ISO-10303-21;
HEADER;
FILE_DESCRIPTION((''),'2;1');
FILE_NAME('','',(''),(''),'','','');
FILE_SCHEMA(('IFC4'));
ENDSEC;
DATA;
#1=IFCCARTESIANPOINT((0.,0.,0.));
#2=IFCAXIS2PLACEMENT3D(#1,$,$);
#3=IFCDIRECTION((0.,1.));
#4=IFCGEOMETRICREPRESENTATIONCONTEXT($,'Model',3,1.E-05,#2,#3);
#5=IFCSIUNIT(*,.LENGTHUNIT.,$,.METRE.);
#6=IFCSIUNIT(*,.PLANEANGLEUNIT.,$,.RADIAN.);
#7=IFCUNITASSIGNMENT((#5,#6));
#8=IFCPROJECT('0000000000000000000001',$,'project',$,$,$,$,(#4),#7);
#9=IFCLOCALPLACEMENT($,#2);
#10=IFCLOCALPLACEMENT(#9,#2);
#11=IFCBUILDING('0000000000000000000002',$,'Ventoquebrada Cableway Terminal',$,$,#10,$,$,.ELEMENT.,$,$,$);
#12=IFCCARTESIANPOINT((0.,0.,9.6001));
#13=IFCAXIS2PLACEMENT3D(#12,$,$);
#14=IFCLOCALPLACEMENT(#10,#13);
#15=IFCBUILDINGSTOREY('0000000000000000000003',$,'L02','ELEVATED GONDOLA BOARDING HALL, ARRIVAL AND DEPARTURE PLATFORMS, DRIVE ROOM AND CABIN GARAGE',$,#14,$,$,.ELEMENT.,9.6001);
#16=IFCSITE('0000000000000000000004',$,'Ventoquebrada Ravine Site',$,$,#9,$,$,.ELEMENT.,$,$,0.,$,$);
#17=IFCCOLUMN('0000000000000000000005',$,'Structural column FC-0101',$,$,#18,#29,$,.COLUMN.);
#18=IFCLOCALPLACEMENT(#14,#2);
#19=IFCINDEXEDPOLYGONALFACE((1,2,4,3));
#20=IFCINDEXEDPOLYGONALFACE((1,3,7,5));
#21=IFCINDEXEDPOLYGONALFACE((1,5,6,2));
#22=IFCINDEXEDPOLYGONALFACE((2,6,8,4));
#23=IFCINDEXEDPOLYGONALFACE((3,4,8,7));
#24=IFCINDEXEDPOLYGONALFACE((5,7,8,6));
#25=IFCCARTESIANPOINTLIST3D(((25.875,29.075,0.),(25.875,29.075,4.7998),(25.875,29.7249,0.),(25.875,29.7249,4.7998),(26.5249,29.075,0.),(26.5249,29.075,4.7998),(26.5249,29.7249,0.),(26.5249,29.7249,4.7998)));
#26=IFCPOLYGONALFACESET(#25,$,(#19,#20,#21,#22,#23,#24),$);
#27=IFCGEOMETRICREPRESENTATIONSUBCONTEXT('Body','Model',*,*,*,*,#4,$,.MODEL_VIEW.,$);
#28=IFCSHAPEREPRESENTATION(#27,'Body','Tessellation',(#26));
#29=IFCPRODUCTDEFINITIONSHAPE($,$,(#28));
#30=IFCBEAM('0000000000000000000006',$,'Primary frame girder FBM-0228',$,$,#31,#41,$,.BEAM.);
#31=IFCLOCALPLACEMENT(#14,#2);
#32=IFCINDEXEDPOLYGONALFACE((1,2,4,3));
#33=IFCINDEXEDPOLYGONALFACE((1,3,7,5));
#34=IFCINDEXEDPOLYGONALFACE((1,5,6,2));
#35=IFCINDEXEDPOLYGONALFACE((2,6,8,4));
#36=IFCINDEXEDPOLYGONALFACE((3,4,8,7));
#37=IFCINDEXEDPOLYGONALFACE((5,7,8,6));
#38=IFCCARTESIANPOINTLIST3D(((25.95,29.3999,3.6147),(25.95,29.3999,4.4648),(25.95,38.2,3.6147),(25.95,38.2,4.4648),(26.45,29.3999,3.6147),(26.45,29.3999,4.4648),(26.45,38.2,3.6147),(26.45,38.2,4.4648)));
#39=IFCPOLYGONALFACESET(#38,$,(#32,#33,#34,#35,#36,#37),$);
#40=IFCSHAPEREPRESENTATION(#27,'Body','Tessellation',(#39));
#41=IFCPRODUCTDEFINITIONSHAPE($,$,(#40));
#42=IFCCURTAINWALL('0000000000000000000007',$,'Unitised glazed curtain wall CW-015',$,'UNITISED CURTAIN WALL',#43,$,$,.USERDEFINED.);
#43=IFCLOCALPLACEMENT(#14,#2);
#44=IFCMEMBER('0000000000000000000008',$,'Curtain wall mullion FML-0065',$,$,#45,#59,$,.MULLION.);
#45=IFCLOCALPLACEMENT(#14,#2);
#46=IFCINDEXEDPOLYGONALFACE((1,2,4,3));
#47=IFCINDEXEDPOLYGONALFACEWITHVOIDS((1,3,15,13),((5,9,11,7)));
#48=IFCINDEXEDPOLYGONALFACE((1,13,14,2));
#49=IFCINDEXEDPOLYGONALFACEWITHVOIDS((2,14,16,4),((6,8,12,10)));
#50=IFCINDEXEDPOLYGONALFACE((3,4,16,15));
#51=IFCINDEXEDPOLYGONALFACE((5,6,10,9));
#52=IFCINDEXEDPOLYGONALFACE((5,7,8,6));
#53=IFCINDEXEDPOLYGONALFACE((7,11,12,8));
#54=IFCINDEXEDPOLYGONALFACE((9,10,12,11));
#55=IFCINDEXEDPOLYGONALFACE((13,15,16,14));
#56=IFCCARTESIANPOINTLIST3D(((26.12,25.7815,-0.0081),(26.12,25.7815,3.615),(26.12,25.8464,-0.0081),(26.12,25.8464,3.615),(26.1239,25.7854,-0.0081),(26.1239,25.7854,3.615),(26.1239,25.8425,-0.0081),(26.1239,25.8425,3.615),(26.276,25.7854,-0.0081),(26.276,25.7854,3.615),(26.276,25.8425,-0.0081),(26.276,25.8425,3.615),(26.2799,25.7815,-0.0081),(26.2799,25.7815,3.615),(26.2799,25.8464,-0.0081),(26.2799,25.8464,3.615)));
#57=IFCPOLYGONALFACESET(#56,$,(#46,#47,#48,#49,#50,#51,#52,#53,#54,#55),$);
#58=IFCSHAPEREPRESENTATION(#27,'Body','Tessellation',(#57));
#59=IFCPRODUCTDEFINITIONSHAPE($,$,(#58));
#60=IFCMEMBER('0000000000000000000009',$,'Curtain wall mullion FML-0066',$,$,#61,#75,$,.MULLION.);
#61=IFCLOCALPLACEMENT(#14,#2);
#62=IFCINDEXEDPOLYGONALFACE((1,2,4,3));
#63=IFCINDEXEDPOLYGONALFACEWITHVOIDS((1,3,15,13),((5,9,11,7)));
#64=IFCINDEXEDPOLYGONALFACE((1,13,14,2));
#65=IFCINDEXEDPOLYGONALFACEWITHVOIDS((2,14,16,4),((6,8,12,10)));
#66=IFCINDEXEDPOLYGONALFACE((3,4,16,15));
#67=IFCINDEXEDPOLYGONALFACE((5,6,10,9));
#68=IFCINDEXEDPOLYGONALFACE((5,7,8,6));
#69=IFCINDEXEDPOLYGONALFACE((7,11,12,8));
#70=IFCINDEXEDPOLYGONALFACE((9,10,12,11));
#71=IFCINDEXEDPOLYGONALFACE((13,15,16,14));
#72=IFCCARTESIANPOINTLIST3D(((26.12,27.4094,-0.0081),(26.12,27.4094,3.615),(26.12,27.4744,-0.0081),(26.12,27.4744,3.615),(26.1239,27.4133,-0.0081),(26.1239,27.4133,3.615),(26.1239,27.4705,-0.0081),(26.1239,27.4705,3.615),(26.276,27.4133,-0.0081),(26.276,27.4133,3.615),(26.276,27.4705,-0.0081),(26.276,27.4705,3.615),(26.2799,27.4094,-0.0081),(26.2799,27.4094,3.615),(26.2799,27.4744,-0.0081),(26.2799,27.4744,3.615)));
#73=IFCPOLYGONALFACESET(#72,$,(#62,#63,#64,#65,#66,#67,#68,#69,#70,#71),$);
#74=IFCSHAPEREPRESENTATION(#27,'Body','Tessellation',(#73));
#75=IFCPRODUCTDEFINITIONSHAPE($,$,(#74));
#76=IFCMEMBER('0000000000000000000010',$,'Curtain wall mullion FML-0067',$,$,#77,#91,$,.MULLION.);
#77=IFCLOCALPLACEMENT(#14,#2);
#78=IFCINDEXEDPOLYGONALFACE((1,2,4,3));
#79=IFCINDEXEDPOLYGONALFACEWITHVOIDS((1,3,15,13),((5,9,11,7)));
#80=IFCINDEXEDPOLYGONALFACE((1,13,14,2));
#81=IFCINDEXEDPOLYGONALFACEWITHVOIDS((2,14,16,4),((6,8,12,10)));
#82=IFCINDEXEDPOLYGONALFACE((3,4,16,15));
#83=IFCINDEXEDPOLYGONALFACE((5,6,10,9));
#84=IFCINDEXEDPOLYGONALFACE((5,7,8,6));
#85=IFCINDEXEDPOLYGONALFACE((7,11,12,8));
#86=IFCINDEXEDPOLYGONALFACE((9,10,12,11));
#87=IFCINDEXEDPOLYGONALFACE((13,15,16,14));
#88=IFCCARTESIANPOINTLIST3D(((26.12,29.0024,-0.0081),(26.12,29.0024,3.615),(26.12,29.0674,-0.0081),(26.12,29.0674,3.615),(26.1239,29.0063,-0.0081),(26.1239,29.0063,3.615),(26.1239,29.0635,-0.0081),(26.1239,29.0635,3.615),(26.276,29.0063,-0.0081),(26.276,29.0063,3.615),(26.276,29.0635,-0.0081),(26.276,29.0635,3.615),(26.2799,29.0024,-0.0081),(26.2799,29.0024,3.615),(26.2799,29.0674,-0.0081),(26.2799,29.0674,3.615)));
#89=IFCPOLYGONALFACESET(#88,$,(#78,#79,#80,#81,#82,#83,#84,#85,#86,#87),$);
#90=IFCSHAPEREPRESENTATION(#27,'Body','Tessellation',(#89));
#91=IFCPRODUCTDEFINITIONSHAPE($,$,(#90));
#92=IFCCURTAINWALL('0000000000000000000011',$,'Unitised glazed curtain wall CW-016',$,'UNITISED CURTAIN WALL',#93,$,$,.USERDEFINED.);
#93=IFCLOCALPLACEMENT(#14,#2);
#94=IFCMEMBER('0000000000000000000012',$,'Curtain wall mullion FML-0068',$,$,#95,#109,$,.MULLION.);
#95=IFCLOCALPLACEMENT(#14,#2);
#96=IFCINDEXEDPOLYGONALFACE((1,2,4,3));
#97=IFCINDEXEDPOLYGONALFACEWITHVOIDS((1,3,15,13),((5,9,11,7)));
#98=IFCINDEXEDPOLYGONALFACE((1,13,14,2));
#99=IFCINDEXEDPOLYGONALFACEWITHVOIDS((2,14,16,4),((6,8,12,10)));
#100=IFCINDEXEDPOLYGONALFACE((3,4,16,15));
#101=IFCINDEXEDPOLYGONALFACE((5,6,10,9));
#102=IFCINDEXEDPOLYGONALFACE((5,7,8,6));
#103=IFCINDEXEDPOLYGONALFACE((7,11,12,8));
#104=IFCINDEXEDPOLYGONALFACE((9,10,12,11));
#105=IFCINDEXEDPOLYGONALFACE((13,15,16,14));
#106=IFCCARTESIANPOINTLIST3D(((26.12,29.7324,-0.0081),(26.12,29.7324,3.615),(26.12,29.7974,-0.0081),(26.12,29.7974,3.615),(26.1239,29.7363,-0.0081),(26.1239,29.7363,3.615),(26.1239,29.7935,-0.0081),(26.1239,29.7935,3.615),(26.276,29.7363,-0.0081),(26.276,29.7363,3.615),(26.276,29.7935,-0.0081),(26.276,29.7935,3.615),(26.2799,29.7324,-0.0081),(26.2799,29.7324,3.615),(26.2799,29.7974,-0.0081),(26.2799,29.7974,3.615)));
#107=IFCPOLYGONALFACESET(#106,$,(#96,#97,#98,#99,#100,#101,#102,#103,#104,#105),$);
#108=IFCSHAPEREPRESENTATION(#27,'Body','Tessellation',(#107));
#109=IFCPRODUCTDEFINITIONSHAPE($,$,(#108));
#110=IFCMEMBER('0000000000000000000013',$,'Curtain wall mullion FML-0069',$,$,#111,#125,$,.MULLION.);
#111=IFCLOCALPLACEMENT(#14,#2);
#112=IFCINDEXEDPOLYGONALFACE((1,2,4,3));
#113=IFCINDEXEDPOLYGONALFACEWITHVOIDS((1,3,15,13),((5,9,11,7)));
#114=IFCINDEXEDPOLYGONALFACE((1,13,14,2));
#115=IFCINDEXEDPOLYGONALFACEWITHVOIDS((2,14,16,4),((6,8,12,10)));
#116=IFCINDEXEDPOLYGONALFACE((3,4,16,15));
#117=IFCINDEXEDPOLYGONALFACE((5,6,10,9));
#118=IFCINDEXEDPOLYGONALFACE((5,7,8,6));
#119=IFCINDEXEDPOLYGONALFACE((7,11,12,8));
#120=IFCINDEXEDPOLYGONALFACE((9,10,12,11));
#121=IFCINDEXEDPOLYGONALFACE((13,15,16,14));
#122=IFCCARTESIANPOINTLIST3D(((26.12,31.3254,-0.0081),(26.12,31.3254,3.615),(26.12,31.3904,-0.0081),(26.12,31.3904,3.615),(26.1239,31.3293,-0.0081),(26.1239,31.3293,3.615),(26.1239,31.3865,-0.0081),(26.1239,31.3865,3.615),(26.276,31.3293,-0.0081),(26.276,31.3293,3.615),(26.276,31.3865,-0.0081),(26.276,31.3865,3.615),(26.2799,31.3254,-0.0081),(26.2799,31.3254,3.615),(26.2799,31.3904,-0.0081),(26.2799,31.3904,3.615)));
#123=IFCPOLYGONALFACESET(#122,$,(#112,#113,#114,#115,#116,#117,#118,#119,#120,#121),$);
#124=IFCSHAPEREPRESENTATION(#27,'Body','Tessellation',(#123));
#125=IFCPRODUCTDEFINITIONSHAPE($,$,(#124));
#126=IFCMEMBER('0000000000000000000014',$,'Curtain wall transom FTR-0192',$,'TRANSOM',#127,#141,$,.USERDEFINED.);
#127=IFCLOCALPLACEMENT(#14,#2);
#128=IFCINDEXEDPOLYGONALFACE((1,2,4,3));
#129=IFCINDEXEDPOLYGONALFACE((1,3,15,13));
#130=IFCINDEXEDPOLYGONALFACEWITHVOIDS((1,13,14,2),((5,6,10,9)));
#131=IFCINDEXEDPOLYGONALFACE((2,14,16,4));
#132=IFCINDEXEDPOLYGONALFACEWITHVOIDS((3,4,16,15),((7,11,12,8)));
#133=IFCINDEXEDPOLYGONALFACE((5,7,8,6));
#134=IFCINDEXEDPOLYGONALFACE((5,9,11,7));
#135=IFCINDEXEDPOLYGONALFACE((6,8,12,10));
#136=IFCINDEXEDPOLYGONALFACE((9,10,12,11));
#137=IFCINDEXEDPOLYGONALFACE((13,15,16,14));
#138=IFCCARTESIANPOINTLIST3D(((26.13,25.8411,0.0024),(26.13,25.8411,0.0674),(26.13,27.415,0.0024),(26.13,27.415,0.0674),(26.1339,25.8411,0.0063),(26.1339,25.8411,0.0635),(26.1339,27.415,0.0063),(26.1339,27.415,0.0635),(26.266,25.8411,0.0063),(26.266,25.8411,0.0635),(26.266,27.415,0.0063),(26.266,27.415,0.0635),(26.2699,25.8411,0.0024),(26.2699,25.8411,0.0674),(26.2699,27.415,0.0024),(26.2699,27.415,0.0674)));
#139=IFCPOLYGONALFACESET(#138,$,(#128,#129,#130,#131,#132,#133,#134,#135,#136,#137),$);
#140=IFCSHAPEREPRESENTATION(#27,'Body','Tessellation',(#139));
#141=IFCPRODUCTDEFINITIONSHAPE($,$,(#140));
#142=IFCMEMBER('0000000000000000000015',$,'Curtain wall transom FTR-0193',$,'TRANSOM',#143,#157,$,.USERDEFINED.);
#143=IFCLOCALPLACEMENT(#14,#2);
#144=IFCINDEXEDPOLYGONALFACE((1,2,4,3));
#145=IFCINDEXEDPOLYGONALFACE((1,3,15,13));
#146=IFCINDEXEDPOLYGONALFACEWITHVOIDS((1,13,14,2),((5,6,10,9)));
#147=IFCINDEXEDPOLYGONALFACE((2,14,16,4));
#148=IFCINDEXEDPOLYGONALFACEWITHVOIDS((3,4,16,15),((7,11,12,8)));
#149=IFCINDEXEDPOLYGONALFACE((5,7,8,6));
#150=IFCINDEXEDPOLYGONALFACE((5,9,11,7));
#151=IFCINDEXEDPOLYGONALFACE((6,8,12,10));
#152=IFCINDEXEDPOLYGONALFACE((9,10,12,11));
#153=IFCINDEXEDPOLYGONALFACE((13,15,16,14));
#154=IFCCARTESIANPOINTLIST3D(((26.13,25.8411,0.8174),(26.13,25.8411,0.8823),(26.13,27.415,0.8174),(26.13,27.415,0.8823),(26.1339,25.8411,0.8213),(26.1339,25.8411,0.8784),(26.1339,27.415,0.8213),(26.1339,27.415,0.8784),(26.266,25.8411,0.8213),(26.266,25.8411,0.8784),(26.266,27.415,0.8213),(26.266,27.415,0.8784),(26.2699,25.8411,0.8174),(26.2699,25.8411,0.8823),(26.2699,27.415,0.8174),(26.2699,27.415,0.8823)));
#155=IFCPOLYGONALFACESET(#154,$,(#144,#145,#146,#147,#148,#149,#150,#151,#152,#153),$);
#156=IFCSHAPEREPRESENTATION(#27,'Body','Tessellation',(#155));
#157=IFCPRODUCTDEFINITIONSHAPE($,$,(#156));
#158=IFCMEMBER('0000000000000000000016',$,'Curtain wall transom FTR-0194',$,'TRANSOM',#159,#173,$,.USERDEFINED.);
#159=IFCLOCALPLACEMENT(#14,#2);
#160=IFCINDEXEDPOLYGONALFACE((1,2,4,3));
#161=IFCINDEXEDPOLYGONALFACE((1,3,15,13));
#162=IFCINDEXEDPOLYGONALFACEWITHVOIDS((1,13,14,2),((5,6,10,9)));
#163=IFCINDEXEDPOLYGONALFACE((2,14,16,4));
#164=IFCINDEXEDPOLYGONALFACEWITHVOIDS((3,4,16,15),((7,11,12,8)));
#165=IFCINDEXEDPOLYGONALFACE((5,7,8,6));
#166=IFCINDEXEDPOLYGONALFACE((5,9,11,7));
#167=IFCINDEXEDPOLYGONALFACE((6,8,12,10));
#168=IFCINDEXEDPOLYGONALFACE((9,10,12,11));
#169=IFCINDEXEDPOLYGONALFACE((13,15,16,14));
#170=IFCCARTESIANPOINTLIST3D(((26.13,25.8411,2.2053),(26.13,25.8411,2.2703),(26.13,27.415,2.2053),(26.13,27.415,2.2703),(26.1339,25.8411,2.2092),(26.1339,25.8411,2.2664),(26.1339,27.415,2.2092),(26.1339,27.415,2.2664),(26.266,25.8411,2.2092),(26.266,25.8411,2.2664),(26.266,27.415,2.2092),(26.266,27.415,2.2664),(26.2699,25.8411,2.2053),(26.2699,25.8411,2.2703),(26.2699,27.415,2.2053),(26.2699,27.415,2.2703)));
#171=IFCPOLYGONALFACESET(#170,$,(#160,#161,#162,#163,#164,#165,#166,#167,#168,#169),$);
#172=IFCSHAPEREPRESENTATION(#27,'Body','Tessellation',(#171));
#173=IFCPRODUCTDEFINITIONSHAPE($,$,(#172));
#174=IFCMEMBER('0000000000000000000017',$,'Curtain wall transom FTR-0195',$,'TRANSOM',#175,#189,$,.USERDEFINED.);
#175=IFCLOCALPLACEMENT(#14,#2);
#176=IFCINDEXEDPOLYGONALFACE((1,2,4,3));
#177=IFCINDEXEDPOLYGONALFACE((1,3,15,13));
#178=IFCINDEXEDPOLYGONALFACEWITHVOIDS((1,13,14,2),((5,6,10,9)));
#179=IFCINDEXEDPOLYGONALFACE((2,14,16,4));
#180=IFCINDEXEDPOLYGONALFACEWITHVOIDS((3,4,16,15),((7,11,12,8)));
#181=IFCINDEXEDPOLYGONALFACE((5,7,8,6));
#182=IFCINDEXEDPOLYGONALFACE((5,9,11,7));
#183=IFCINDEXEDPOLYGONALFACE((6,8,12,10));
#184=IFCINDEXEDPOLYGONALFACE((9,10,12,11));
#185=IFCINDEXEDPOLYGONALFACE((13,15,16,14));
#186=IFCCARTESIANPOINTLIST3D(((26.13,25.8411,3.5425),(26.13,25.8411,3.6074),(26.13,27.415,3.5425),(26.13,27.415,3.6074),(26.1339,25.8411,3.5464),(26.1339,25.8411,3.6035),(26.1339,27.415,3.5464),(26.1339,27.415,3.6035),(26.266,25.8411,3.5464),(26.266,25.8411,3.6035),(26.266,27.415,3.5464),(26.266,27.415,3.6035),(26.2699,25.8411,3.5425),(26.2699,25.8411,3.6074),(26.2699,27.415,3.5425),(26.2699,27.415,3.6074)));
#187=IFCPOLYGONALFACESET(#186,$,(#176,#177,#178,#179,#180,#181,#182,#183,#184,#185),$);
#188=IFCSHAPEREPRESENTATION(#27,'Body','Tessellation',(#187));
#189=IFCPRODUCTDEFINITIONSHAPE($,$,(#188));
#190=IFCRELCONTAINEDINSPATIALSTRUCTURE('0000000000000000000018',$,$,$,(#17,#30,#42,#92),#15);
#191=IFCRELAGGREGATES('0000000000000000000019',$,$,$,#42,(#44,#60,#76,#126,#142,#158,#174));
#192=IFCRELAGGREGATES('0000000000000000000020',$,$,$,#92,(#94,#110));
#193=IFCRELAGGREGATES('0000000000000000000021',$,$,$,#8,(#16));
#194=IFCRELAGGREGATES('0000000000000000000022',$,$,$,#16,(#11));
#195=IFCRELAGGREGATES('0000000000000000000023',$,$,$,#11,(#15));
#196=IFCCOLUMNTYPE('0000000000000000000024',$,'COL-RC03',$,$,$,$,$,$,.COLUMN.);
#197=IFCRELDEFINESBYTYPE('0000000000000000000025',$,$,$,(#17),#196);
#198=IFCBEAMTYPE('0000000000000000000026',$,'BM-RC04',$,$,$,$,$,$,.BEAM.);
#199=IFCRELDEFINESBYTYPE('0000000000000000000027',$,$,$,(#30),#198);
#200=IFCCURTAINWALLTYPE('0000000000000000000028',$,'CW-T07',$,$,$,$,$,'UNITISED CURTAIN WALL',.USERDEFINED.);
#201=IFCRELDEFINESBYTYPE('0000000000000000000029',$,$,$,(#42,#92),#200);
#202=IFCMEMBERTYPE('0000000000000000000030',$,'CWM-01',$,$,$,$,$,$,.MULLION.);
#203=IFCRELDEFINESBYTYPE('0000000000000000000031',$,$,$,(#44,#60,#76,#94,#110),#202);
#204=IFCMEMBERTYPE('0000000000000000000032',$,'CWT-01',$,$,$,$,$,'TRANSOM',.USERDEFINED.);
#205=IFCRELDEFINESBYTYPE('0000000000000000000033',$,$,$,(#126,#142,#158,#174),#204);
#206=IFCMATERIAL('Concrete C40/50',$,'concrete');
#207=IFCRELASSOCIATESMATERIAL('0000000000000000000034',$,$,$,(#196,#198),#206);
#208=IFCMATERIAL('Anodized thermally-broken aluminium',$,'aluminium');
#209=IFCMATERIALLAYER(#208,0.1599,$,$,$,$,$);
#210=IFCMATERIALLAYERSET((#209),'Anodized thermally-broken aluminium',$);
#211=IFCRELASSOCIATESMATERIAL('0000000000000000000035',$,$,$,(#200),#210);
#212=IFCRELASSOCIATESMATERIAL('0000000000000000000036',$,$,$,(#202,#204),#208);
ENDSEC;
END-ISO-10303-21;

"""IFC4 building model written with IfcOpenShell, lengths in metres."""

from ifc_helpers import new_model, si_unit, direction, frame, origin, origin_2d, place, context, subcontext, project, spatial, rectangle, hollow_rectangle, extrude, material, layer, layer_set, material_profile, profile_set, type_object, element, aggregate, save


model = new_model("IFC4")

# Units and contexts
model_context = context("Model", 3, precision=1e-05, world=origin(), true_north=direction((0.0, 1.0)))
body_context = subcontext(model_context, "Body", "Model", "MODEL_VIEW")
ifc_project = project(units=[si_unit("LENGTHUNIT", "METRE"), si_unit("PLANEANGLEUNIT", "RADIAN")], contexts=[model_context])

# Site, building, storey
site_placement = place(None, origin())
site = spatial("IfcSite", under=ifc_project, at=site_placement, Name="Ventoquebrada Ravine Site", CompositionType="ELEMENT", RefElevation=0.0)
building_placement = place(site_placement, origin())
building = spatial("IfcBuilding", under=site, at=building_placement, Name="Ventoquebrada Cableway Terminal", CompositionType="ELEMENT")
storey_placement = place(building_placement, frame((0.0, 0.0, 9.6001)))
storey = spatial("IfcBuildingStorey", under=building, at=storey_placement, Name="L02", Description="ELEVATED GONDOLA BOARDING HALL, ARRIVAL AND DEPARTURE PLATFORMS, DRIVE ROOM AND CABIN GARAGE", CompositionType="ELEMENT", Elevation=9.6001)

# Column
ifc_material_1 = material(Name="Concrete C40/50", Category="concrete")
ifc_material_profile_1 = material_profile(ifc_material_1, rectangle(XDim=0.6499, YDim=0.6499, at=origin_2d()), Name="RC-COL-650X650")
ifc_profile_set_1 = profile_set([ifc_material_profile_1], Name="Concrete C40/50")
column_type = type_object("IfcColumnType", Name="COL-RC03", PredefinedType="COLUMN", material=ifc_profile_set_1)
column_placement = place(storey_placement, frame((26.2, 29.3999, 0.0), z_axis=(0.0, 0.0, 1.0), x_axis=(1.0, 0.0, 0.0)))
element("IfcColumn", 1, at=column_placement, inside=storey, type_object=column_type, Name="Structural column FC-0101", PredefinedType="COLUMN", context=body_context, shape_type="SweptSolid", body=[
    extrude(rectangle(XDim=0.6499, YDim=0.6499, at=origin_2d()), origin(), (0.0, 0.0, 1.0), 4.7998),
])

# Beam
ifc_material_profile_2 = material_profile(ifc_material_1, rectangle(XDim=0.5, YDim=0.8501, at=origin_2d()), Name="RC-BM-500X850")
ifc_profile_set_2 = profile_set([ifc_material_profile_2], Name="Concrete C40/50")
beam_type = type_object("IfcBeamType", Name="BM-RC04", PredefinedType="BEAM", material=ifc_profile_set_2)
beam_placement = place(storey_placement, frame((26.2, 29.3999, 4.0398), z_axis=(0.0, 1.0, 0.0), x_axis=(-1.0, 0.0, 0.0)))
element("IfcBeam", 2, at=beam_placement, inside=storey, type_object=beam_type, Name="Primary frame girder FBM-0228", PredefinedType="BEAM", context=body_context, shape_type="SweptSolid", body=[
    extrude(rectangle(XDim=0.5, YDim=0.8501, at=origin_2d()), origin(), (0.0, 0.0, 1.0), 8.8),
])

# Curtain walls, members
ifc_material_2 = material(Name="Anodized thermally-broken aluminium", Category="aluminium")
ifc_layer_1 = layer(ifc_material_2, 0.1599)
ifc_layer_set_1 = layer_set([ifc_layer_1], Name="Anodized thermally-broken aluminium")
curtain_wall_type = type_object("IfcCurtainWallType", Name="CW-T07", ElementType="UNITISED CURTAIN WALL", PredefinedType="USERDEFINED", material=ifc_layer_set_1)
curtain_wall_1_placement = place(storey_placement, origin())
curtain_wall_1 = element("IfcCurtainWall", 3, at=curtain_wall_1_placement, inside=storey, type_object=curtain_wall_type, Name="Unitised glazed curtain wall CW-015", ObjectType="UNITISED CURTAIN WALL", PredefinedType="USERDEFINED")
ifc_material_profile_3 = material_profile(ifc_material_2, hollow_rectangle(XDim=0.0649, YDim=0.1599, WallThickness=0.0039, at=origin_2d()), Name="CW-MUL-65X160")
ifc_profile_set_3 = profile_set([ifc_material_profile_3], Name="Anodized thermally-broken aluminium")
member_type_1 = type_object("IfcMemberType", Name="CWM-01", PredefinedType="MULLION", material=ifc_profile_set_3)
member_1_placement = place(storey_placement, frame((26.2, 25.814, -0.0081), z_axis=(0.0, 0.0, 1.0), x_axis=(0.0, 1.0, 0.0)))
member_1 = element("IfcMember", 4, at=member_1_placement, type_object=member_type_1, Name="Curtain wall mullion FML-0065", PredefinedType="MULLION", context=body_context, shape_type="SweptSolid", body=[
    extrude(hollow_rectangle(XDim=0.0649, YDim=0.1599, WallThickness=0.0039, at=origin_2d()), origin(), (0.0, 0.0, 1.0), 3.623),
])
member_2_placement = place(storey_placement, frame((26.2, 27.4419, -0.0081), z_axis=(0.0, 0.0, 1.0), x_axis=(0.0, 1.0, 0.0)))
member_2 = element("IfcMember", 5, at=member_2_placement, type_object=member_type_1, Name="Curtain wall mullion FML-0066", PredefinedType="MULLION", context=body_context, shape_type="SweptSolid", body=[
    extrude(hollow_rectangle(XDim=0.0649, YDim=0.1599, WallThickness=0.0039, at=origin_2d()), origin(), (0.0, 0.0, 1.0), 3.623),
])
member_3_placement = place(storey_placement, frame((26.2, 29.0349, -0.0081), z_axis=(0.0, 0.0, 1.0), x_axis=(0.0, 1.0, 0.0)))
member_3 = element("IfcMember", 6, at=member_3_placement, type_object=member_type_1, Name="Curtain wall mullion FML-0067", PredefinedType="MULLION", context=body_context, shape_type="SweptSolid", body=[
    extrude(hollow_rectangle(XDim=0.0649, YDim=0.1599, WallThickness=0.0039, at=origin_2d()), origin(), (0.0, 0.0, 1.0), 3.623),
])
curtain_wall_2_placement = place(storey_placement, origin())
curtain_wall_2 = element("IfcCurtainWall", 7, at=curtain_wall_2_placement, inside=storey, type_object=curtain_wall_type, Name="Unitised glazed curtain wall CW-016", ObjectType="UNITISED CURTAIN WALL", PredefinedType="USERDEFINED")
member_4_placement = place(storey_placement, frame((26.2, 29.7649, -0.0081), z_axis=(0.0, 0.0, 1.0), x_axis=(0.0, 1.0, 0.0)))
member_4 = element("IfcMember", 8, at=member_4_placement, type_object=member_type_1, Name="Curtain wall mullion FML-0068", PredefinedType="MULLION", context=body_context, shape_type="SweptSolid", body=[
    extrude(hollow_rectangle(XDim=0.0649, YDim=0.1599, WallThickness=0.0039, at=origin_2d()), origin(), (0.0, 0.0, 1.0), 3.623),
])
member_5_placement = place(storey_placement, frame((26.2, 31.3579, -0.0081), z_axis=(0.0, 0.0, 1.0), x_axis=(0.0, 1.0, 0.0)))
member_5 = element("IfcMember", 9, at=member_5_placement, type_object=member_type_1, Name="Curtain wall mullion FML-0069", PredefinedType="MULLION", context=body_context, shape_type="SweptSolid", body=[
    extrude(hollow_rectangle(XDim=0.0649, YDim=0.1599, WallThickness=0.0039, at=origin_2d()), origin(), (0.0, 0.0, 1.0), 3.623),
])

# Members
ifc_material_profile_4 = material_profile(ifc_material_2, hollow_rectangle(XDim=0.0649, YDim=0.1399, WallThickness=0.0039, at=origin_2d()), Name="CW-TRN-65X140")
ifc_profile_set_4 = profile_set([ifc_material_profile_4], Name="Anodized thermally-broken aluminium")
member_type_2 = type_object("IfcMemberType", Name="CWT-01", ElementType="TRANSOM", PredefinedType="USERDEFINED", material=ifc_profile_set_4)
member_6_placement = place(storey_placement, frame((26.2, 25.8411, 0.0349), z_axis=(0.0, 1.0, 0.0), x_axis=(0.0, 0.0, 1.0)))
member_6 = element("IfcMember", 10, at=member_6_placement, type_object=member_type_2, Name="Curtain wall transom FTR-0192", ObjectType="TRANSOM", PredefinedType="USERDEFINED", context=body_context, shape_type="SweptSolid", body=[
    extrude(hollow_rectangle(XDim=0.0649, YDim=0.1399, WallThickness=0.0039, at=origin_2d()), origin(), (0.0, 0.0, 1.0), 1.574),
])
member_7_placement = place(storey_placement, frame((26.2, 25.8411, 0.8499), z_axis=(0.0, 1.0, 0.0), x_axis=(0.0, 0.0, 1.0)))
member_7 = element("IfcMember", 11, at=member_7_placement, type_object=member_type_2, Name="Curtain wall transom FTR-0193", ObjectType="TRANSOM", PredefinedType="USERDEFINED", context=body_context, shape_type="SweptSolid", body=[
    extrude(hollow_rectangle(XDim=0.0649, YDim=0.1399, WallThickness=0.0039, at=origin_2d()), origin(), (0.0, 0.0, 1.0), 1.574),
])
member_8_placement = place(storey_placement, frame((26.2, 25.8411, 2.2378), z_axis=(0.0, 1.0, 0.0), x_axis=(0.0, 0.0, 1.0)))
member_8 = element("IfcMember", 12, at=member_8_placement, type_object=member_type_2, Name="Curtain wall transom FTR-0194", ObjectType="TRANSOM", PredefinedType="USERDEFINED", context=body_context, shape_type="SweptSolid", body=[
    extrude(hollow_rectangle(XDim=0.0649, YDim=0.1399, WallThickness=0.0039, at=origin_2d()), origin(), (0.0, 0.0, 1.0), 1.574),
])
member_9_placement = place(storey_placement, frame((26.2, 25.8411, 3.575), z_axis=(0.0, 1.0, 0.0), x_axis=(0.0, 0.0, 1.0)))
member_9 = element("IfcMember", 13, at=member_9_placement, type_object=member_type_2, Name="Curtain wall transom FTR-0195", ObjectType="TRANSOM", PredefinedType="USERDEFINED", context=body_context, shape_type="SweptSolid", body=[
    extrude(hollow_rectangle(XDim=0.0649, YDim=0.1399, WallThickness=0.0039, at=origin_2d()), origin(), (0.0, 0.0, 1.0), 1.574),
])

aggregate(curtain_wall_1, [member_1, member_2, member_3, member_6, member_7, member_8, member_9])
aggregate(curtain_wall_2, [member_4, member_5])

save(model, "model.ifc")
